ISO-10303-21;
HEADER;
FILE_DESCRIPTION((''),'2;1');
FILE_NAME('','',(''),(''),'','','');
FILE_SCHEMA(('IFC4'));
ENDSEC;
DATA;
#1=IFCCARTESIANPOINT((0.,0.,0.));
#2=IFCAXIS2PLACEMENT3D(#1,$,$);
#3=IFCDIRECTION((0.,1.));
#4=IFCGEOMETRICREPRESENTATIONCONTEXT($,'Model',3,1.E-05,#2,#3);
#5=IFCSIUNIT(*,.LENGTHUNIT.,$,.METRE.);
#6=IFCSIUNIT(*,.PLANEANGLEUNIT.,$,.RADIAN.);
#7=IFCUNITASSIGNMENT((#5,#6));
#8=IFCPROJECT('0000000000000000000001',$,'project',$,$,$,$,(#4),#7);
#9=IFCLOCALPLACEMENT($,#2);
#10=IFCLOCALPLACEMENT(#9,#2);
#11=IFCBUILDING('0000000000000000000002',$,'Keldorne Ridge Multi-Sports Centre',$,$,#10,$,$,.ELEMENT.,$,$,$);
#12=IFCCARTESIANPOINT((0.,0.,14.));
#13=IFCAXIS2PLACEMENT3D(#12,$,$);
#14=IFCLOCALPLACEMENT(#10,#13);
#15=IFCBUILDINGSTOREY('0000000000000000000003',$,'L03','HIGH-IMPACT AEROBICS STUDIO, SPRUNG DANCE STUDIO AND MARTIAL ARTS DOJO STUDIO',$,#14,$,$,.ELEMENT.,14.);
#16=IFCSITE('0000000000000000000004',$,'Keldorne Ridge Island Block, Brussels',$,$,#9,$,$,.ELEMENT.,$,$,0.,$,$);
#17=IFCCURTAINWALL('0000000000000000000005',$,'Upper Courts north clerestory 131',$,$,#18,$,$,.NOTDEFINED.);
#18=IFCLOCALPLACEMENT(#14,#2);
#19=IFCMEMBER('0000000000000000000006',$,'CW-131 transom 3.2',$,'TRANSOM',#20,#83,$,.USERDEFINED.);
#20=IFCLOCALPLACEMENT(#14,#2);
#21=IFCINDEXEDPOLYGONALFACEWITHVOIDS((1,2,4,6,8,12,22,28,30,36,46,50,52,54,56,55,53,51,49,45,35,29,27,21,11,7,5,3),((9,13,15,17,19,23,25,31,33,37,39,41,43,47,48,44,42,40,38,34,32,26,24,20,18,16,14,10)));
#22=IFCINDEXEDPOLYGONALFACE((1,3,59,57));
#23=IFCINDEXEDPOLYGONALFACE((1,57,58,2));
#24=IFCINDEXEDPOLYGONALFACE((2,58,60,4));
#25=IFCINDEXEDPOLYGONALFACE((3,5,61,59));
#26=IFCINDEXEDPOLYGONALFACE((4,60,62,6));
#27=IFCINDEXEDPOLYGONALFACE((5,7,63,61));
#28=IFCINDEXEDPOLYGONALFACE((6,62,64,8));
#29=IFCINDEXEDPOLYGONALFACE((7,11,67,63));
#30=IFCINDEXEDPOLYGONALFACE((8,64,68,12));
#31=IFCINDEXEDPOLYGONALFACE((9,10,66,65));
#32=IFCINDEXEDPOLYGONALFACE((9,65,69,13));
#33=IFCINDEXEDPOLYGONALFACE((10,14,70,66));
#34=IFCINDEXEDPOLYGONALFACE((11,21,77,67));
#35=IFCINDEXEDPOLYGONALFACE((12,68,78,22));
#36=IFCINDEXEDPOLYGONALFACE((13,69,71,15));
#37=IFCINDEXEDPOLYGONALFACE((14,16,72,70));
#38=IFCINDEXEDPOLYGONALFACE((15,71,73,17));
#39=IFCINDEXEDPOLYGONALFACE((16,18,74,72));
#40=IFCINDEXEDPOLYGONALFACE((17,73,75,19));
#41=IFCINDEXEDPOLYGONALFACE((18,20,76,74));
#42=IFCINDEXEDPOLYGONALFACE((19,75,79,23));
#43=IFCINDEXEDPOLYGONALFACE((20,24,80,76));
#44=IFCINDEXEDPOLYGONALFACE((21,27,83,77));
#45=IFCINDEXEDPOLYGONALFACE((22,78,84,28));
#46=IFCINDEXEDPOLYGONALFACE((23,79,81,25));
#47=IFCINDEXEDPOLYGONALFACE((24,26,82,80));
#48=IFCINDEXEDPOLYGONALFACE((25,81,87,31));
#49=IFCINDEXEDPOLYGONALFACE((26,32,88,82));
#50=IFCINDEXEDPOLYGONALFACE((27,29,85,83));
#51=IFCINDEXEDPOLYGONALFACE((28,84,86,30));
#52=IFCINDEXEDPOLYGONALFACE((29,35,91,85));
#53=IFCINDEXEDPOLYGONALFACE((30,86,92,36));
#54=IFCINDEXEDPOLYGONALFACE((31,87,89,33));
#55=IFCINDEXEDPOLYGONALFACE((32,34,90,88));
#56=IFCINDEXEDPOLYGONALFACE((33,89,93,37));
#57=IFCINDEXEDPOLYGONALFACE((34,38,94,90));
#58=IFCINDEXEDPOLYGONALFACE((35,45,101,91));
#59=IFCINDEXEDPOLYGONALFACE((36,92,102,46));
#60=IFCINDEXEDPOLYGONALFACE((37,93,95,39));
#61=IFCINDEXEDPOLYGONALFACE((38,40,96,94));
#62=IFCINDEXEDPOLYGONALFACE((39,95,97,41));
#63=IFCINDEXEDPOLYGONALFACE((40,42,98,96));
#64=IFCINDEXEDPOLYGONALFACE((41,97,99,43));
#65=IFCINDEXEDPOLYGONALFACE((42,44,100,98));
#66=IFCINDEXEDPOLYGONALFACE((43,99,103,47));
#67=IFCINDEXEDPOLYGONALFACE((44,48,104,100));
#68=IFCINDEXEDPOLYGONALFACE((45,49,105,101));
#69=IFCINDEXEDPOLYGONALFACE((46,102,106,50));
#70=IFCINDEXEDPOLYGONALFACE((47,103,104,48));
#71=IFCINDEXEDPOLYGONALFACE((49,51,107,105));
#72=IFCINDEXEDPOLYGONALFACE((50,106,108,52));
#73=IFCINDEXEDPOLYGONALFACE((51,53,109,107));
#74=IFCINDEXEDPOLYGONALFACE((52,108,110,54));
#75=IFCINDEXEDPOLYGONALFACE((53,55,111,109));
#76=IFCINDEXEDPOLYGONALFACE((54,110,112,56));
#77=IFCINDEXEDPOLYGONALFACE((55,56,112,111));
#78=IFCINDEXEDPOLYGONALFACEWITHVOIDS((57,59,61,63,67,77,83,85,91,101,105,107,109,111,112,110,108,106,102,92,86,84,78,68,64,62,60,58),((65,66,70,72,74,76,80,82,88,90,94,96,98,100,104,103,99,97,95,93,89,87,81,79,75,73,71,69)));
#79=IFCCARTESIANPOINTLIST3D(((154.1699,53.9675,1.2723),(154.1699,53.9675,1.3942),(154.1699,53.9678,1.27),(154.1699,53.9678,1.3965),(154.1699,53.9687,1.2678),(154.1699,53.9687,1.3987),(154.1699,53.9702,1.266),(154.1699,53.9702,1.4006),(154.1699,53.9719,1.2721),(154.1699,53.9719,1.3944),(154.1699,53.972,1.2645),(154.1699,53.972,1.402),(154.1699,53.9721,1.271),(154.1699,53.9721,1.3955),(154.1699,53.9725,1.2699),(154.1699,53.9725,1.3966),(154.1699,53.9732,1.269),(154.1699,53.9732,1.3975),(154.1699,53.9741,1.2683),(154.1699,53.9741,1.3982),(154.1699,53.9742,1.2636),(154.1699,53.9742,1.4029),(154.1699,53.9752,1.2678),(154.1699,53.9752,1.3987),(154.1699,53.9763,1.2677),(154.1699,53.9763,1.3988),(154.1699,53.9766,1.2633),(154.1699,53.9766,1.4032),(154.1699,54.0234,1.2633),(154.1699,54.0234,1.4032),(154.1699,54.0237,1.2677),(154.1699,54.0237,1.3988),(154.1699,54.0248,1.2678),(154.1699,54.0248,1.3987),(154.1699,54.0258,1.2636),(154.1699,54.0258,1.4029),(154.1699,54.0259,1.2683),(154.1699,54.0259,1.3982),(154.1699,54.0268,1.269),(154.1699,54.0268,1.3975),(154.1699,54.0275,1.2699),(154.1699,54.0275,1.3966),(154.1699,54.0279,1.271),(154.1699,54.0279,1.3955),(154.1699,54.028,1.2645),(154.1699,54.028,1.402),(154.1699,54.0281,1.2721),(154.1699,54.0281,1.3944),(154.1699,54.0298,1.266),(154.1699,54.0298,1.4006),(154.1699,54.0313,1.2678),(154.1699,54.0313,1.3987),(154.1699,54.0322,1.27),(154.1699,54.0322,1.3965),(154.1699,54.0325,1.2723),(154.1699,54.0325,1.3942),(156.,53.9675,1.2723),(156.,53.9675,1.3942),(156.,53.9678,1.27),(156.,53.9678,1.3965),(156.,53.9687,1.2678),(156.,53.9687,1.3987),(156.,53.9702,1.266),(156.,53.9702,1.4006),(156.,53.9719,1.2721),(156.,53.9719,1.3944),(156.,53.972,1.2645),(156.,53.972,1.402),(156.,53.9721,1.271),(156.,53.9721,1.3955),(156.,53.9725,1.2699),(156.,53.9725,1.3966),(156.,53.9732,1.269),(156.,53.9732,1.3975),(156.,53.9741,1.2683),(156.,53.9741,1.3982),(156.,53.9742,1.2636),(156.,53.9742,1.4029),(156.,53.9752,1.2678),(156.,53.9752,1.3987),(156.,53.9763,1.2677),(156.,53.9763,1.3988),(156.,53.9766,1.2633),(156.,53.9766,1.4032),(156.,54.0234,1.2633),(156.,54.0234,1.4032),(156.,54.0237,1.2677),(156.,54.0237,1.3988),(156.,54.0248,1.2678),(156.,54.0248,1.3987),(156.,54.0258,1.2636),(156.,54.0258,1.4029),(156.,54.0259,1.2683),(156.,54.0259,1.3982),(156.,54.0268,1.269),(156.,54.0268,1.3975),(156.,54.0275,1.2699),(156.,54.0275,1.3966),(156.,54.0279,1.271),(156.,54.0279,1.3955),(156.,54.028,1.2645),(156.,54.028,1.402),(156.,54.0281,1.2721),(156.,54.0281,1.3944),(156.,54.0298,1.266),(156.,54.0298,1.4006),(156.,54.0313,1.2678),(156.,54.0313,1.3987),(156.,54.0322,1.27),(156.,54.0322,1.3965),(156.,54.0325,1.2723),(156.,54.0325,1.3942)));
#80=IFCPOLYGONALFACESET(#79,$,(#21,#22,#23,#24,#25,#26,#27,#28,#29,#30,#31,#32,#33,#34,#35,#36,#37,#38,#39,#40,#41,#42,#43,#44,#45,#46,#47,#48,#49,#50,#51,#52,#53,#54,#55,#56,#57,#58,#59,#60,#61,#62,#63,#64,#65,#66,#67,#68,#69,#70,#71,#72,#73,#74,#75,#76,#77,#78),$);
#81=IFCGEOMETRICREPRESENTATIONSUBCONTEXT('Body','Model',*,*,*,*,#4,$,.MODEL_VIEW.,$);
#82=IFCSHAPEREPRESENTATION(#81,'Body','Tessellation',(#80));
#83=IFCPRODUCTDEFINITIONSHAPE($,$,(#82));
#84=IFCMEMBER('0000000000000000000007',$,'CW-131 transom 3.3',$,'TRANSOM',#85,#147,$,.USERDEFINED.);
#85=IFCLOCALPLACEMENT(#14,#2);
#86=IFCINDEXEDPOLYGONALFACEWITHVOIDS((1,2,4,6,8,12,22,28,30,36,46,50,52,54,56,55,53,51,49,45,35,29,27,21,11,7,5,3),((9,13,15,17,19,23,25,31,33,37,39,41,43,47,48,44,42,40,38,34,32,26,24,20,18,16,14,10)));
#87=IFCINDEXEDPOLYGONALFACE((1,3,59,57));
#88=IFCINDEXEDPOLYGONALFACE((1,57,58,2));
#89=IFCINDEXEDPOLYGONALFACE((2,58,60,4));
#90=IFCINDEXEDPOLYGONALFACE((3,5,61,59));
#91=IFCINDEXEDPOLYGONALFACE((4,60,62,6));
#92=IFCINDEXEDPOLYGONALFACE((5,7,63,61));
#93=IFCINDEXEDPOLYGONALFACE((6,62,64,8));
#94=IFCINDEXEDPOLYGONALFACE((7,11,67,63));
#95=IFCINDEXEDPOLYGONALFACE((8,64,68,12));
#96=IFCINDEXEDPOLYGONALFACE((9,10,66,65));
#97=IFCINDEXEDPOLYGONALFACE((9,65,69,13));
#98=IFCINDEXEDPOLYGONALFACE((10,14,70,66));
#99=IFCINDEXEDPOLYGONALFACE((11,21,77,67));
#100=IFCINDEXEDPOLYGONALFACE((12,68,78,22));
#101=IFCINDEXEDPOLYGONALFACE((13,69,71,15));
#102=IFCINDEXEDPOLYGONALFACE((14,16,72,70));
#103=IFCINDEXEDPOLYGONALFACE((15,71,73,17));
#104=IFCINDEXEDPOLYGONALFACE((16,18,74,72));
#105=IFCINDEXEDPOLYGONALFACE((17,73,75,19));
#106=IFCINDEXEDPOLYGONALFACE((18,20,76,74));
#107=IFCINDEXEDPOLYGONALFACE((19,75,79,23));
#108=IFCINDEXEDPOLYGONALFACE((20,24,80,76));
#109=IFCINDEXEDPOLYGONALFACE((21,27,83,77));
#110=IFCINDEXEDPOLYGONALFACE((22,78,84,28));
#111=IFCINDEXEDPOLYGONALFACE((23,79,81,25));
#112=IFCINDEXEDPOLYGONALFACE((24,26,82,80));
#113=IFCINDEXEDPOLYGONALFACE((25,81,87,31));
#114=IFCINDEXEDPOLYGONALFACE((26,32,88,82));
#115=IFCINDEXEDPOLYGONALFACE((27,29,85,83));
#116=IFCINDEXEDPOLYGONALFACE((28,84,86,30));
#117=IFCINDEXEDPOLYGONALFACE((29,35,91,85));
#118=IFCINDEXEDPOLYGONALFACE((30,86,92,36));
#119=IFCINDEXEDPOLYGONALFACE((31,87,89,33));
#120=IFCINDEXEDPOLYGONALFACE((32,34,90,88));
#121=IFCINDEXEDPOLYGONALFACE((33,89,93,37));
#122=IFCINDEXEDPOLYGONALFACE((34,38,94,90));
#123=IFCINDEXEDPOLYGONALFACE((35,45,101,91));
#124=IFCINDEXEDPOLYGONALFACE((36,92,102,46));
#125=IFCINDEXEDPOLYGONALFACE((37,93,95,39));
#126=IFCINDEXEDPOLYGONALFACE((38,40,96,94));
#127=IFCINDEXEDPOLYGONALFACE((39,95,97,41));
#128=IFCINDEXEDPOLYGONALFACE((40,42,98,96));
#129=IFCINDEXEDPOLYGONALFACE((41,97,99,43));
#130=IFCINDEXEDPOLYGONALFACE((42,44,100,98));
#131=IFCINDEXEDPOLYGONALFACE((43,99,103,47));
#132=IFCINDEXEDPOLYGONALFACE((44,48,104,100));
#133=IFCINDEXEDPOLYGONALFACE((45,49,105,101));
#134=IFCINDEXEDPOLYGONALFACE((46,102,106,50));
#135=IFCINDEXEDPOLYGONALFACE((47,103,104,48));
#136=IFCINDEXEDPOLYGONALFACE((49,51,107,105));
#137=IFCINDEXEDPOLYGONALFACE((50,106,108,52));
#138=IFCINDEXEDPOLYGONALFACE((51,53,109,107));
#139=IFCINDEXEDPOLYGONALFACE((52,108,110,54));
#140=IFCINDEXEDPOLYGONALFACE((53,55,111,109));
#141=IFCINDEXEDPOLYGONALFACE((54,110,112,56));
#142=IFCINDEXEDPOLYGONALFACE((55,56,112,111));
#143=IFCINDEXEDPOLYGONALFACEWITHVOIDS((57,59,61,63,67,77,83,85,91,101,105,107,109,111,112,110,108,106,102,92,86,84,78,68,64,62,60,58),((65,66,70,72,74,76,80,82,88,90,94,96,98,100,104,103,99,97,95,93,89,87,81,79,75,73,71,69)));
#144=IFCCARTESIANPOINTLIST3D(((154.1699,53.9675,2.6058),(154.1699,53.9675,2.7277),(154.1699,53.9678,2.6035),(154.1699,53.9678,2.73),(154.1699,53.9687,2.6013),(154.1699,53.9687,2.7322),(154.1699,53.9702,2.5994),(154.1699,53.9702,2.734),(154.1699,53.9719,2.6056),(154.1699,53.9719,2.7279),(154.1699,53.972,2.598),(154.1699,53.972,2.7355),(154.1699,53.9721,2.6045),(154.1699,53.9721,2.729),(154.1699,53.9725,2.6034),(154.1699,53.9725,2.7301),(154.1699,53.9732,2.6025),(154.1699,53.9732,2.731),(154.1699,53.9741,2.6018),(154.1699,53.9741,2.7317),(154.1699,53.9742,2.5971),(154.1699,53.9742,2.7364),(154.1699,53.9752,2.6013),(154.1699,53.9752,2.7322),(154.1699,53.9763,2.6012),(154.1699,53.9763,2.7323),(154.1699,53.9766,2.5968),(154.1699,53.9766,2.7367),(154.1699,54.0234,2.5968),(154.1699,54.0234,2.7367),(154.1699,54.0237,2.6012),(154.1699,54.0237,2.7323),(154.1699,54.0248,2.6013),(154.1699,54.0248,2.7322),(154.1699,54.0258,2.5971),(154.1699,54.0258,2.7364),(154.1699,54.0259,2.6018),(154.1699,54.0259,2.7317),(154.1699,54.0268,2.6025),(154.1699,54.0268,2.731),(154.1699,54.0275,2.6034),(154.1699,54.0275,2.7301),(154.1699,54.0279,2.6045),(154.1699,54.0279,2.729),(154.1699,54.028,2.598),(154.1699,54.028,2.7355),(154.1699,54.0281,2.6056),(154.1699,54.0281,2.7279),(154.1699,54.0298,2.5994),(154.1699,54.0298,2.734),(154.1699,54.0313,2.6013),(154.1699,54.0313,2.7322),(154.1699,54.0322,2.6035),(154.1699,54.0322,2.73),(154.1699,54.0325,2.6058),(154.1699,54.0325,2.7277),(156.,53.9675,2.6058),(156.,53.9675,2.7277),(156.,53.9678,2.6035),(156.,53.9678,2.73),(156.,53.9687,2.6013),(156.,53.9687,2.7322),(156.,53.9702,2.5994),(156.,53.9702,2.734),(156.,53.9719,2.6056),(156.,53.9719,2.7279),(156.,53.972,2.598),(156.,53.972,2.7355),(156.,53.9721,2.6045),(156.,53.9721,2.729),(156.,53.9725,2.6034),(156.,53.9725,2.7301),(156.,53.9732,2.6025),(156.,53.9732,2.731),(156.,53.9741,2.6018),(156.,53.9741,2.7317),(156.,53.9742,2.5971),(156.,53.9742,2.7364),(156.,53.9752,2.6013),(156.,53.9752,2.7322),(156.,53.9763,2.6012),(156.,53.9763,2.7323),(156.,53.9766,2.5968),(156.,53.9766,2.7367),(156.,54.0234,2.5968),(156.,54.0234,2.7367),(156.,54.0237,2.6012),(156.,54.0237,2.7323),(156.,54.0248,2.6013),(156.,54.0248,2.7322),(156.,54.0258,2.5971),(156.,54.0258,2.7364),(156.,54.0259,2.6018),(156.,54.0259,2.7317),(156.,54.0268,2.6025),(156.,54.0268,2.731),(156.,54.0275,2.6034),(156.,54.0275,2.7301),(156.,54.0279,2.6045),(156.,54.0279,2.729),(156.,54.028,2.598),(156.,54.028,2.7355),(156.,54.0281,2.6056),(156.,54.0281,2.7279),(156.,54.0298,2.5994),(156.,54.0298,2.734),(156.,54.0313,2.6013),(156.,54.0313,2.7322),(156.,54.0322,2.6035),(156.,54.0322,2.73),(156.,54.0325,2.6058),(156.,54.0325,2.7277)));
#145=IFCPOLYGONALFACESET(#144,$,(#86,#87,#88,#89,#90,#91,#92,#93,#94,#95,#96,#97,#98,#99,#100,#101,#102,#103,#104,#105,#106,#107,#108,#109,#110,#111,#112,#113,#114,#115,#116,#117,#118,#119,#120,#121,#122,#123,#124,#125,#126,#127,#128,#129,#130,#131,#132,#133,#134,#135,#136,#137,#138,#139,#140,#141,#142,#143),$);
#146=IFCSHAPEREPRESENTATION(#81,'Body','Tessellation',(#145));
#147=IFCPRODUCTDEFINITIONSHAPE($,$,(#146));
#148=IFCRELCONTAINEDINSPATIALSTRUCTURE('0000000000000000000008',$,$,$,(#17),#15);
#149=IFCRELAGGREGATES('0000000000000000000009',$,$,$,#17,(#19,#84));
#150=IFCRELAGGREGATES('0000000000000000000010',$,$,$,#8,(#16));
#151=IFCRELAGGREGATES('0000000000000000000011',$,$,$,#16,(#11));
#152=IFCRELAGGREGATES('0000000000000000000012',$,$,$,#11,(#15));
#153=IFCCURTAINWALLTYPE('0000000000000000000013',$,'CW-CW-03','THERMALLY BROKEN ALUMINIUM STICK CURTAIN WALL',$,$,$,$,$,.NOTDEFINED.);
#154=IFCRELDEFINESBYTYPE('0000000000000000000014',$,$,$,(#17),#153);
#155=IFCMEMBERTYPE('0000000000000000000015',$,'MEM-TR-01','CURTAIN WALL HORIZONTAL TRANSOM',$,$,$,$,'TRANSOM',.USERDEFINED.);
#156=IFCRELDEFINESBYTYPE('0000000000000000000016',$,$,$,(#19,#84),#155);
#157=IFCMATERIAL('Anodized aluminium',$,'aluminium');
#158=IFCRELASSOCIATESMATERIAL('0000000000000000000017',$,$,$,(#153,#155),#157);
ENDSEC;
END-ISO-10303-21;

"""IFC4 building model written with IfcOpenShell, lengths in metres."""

from ifc_helpers import new_model, si_unit, direction, frame, origin, origin_2d, place, context, subcontext, project, spatial, hollow_rectangle, extrude, material, material_profile, profile_set, type_object, element, aggregate, save


model = new_model("IFC4")

# Units and contexts
model_context = context("Model", 3, precision=1e-05, world=origin(), true_north=direction((0.0, 1.0)))
body_context = subcontext(model_context, "Body", "Model", "MODEL_VIEW")
ifc_project = project(units=[si_unit("LENGTHUNIT", "METRE"), si_unit("PLANEANGLEUNIT", "RADIAN")], contexts=[model_context])

# Site, building, storey
site_placement = place(None, origin())
site = spatial("IfcSite", under=ifc_project, at=site_placement, Name="Keldorne Ridge Island Block, Brussels", CompositionType="ELEMENT", RefElevation=0.0)
building_placement = place(site_placement, origin())
building = spatial("IfcBuilding", under=site, at=building_placement, Name="Keldorne Ridge Multi-Sports Centre", CompositionType="ELEMENT")
storey_placement = place(building_placement, frame((0.0, 0.0, 14.0)))
storey = spatial("IfcBuildingStorey", under=building, at=storey_placement, Name="L03", Description="HIGH-IMPACT AEROBICS STUDIO, SPRUNG DANCE STUDIO AND MARTIAL ARTS DOJO STUDIO", CompositionType="ELEMENT", Elevation=14.0)

# Curtain wall
ifc_material_1 = material(Name="Anodized aluminium", Category="aluminium")
curtain_wall_type_1 = type_object("IfcCurtainWallType", Name="CW-CW-03", Description="THERMALLY BROKEN ALUMINIUM STICK CURTAIN WALL", PredefinedType="NOTDEFINED", material=ifc_material_1)
curtain_wall_1_placement = place(storey_placement, origin())
curtain_wall_1 = element("IfcCurtainWall", 1, at=curtain_wall_1_placement, inside=storey, type_object=curtain_wall_type_1, Name="Upper Courts north clerestory 131", PredefinedType="NOTDEFINED")

# Members
ifc_material_profile_1 = material_profile(ifc_material_1, hollow_rectangle(XDim=0.0649, YDim=0.1399, WallThickness=0.0044, InnerFilletRadius=0.0044, OuterFilletRadius=0.009, at=origin_2d()), Name="ALU TRANSOM 140x65x4.5")
ifc_profile_set_1 = profile_set([ifc_material_profile_1], Name="Anodized aluminium")
member_type_1 = type_object("IfcMemberType", Name="MEM-TR-01", Description="CURTAIN WALL HORIZONTAL TRANSOM", ElementType="TRANSOM", PredefinedType="USERDEFINED", material=ifc_profile_set_1)
member_1_placement = place(storey_placement, frame((156.0, 54.0, 1.3333), z_axis=(-1.0, 0.0, 0.0), x_axis=(0.0, -1.0, 0.0)))
member_1 = element("IfcMember", 2, at=member_1_placement, type_object=member_type_1, Name="CW-131 transom 3.2", ObjectType="TRANSOM", PredefinedType="USERDEFINED", context=body_context, shape_type="SweptSolid", body=[
    extrude(hollow_rectangle(XDim=0.0649, YDim=0.1399, WallThickness=0.0044, InnerFilletRadius=0.0044, OuterFilletRadius=0.009, at=origin_2d()), origin(), (0.0, 0.0, 1.0), 1.8301),
])
member_2_placement = place(storey_placement, frame((156.0, 54.0, 2.6667), z_axis=(-1.0, 0.0, 0.0), x_axis=(0.0, -1.0, 0.0)))
member_2 = element("IfcMember", 3, at=member_2_placement, type_object=member_type_1, Name="CW-131 transom 3.3", ObjectType="TRANSOM", PredefinedType="USERDEFINED", context=body_context, shape_type="SweptSolid", body=[
    extrude(hollow_rectangle(XDim=0.0649, YDim=0.1399, WallThickness=0.0044, InnerFilletRadius=0.0044, OuterFilletRadius=0.009, at=origin_2d()), origin(), (0.0, 0.0, 1.0), 1.8301),
])

aggregate(curtain_wall_1, [member_1, member_2])

save(model, "model.ifc")
